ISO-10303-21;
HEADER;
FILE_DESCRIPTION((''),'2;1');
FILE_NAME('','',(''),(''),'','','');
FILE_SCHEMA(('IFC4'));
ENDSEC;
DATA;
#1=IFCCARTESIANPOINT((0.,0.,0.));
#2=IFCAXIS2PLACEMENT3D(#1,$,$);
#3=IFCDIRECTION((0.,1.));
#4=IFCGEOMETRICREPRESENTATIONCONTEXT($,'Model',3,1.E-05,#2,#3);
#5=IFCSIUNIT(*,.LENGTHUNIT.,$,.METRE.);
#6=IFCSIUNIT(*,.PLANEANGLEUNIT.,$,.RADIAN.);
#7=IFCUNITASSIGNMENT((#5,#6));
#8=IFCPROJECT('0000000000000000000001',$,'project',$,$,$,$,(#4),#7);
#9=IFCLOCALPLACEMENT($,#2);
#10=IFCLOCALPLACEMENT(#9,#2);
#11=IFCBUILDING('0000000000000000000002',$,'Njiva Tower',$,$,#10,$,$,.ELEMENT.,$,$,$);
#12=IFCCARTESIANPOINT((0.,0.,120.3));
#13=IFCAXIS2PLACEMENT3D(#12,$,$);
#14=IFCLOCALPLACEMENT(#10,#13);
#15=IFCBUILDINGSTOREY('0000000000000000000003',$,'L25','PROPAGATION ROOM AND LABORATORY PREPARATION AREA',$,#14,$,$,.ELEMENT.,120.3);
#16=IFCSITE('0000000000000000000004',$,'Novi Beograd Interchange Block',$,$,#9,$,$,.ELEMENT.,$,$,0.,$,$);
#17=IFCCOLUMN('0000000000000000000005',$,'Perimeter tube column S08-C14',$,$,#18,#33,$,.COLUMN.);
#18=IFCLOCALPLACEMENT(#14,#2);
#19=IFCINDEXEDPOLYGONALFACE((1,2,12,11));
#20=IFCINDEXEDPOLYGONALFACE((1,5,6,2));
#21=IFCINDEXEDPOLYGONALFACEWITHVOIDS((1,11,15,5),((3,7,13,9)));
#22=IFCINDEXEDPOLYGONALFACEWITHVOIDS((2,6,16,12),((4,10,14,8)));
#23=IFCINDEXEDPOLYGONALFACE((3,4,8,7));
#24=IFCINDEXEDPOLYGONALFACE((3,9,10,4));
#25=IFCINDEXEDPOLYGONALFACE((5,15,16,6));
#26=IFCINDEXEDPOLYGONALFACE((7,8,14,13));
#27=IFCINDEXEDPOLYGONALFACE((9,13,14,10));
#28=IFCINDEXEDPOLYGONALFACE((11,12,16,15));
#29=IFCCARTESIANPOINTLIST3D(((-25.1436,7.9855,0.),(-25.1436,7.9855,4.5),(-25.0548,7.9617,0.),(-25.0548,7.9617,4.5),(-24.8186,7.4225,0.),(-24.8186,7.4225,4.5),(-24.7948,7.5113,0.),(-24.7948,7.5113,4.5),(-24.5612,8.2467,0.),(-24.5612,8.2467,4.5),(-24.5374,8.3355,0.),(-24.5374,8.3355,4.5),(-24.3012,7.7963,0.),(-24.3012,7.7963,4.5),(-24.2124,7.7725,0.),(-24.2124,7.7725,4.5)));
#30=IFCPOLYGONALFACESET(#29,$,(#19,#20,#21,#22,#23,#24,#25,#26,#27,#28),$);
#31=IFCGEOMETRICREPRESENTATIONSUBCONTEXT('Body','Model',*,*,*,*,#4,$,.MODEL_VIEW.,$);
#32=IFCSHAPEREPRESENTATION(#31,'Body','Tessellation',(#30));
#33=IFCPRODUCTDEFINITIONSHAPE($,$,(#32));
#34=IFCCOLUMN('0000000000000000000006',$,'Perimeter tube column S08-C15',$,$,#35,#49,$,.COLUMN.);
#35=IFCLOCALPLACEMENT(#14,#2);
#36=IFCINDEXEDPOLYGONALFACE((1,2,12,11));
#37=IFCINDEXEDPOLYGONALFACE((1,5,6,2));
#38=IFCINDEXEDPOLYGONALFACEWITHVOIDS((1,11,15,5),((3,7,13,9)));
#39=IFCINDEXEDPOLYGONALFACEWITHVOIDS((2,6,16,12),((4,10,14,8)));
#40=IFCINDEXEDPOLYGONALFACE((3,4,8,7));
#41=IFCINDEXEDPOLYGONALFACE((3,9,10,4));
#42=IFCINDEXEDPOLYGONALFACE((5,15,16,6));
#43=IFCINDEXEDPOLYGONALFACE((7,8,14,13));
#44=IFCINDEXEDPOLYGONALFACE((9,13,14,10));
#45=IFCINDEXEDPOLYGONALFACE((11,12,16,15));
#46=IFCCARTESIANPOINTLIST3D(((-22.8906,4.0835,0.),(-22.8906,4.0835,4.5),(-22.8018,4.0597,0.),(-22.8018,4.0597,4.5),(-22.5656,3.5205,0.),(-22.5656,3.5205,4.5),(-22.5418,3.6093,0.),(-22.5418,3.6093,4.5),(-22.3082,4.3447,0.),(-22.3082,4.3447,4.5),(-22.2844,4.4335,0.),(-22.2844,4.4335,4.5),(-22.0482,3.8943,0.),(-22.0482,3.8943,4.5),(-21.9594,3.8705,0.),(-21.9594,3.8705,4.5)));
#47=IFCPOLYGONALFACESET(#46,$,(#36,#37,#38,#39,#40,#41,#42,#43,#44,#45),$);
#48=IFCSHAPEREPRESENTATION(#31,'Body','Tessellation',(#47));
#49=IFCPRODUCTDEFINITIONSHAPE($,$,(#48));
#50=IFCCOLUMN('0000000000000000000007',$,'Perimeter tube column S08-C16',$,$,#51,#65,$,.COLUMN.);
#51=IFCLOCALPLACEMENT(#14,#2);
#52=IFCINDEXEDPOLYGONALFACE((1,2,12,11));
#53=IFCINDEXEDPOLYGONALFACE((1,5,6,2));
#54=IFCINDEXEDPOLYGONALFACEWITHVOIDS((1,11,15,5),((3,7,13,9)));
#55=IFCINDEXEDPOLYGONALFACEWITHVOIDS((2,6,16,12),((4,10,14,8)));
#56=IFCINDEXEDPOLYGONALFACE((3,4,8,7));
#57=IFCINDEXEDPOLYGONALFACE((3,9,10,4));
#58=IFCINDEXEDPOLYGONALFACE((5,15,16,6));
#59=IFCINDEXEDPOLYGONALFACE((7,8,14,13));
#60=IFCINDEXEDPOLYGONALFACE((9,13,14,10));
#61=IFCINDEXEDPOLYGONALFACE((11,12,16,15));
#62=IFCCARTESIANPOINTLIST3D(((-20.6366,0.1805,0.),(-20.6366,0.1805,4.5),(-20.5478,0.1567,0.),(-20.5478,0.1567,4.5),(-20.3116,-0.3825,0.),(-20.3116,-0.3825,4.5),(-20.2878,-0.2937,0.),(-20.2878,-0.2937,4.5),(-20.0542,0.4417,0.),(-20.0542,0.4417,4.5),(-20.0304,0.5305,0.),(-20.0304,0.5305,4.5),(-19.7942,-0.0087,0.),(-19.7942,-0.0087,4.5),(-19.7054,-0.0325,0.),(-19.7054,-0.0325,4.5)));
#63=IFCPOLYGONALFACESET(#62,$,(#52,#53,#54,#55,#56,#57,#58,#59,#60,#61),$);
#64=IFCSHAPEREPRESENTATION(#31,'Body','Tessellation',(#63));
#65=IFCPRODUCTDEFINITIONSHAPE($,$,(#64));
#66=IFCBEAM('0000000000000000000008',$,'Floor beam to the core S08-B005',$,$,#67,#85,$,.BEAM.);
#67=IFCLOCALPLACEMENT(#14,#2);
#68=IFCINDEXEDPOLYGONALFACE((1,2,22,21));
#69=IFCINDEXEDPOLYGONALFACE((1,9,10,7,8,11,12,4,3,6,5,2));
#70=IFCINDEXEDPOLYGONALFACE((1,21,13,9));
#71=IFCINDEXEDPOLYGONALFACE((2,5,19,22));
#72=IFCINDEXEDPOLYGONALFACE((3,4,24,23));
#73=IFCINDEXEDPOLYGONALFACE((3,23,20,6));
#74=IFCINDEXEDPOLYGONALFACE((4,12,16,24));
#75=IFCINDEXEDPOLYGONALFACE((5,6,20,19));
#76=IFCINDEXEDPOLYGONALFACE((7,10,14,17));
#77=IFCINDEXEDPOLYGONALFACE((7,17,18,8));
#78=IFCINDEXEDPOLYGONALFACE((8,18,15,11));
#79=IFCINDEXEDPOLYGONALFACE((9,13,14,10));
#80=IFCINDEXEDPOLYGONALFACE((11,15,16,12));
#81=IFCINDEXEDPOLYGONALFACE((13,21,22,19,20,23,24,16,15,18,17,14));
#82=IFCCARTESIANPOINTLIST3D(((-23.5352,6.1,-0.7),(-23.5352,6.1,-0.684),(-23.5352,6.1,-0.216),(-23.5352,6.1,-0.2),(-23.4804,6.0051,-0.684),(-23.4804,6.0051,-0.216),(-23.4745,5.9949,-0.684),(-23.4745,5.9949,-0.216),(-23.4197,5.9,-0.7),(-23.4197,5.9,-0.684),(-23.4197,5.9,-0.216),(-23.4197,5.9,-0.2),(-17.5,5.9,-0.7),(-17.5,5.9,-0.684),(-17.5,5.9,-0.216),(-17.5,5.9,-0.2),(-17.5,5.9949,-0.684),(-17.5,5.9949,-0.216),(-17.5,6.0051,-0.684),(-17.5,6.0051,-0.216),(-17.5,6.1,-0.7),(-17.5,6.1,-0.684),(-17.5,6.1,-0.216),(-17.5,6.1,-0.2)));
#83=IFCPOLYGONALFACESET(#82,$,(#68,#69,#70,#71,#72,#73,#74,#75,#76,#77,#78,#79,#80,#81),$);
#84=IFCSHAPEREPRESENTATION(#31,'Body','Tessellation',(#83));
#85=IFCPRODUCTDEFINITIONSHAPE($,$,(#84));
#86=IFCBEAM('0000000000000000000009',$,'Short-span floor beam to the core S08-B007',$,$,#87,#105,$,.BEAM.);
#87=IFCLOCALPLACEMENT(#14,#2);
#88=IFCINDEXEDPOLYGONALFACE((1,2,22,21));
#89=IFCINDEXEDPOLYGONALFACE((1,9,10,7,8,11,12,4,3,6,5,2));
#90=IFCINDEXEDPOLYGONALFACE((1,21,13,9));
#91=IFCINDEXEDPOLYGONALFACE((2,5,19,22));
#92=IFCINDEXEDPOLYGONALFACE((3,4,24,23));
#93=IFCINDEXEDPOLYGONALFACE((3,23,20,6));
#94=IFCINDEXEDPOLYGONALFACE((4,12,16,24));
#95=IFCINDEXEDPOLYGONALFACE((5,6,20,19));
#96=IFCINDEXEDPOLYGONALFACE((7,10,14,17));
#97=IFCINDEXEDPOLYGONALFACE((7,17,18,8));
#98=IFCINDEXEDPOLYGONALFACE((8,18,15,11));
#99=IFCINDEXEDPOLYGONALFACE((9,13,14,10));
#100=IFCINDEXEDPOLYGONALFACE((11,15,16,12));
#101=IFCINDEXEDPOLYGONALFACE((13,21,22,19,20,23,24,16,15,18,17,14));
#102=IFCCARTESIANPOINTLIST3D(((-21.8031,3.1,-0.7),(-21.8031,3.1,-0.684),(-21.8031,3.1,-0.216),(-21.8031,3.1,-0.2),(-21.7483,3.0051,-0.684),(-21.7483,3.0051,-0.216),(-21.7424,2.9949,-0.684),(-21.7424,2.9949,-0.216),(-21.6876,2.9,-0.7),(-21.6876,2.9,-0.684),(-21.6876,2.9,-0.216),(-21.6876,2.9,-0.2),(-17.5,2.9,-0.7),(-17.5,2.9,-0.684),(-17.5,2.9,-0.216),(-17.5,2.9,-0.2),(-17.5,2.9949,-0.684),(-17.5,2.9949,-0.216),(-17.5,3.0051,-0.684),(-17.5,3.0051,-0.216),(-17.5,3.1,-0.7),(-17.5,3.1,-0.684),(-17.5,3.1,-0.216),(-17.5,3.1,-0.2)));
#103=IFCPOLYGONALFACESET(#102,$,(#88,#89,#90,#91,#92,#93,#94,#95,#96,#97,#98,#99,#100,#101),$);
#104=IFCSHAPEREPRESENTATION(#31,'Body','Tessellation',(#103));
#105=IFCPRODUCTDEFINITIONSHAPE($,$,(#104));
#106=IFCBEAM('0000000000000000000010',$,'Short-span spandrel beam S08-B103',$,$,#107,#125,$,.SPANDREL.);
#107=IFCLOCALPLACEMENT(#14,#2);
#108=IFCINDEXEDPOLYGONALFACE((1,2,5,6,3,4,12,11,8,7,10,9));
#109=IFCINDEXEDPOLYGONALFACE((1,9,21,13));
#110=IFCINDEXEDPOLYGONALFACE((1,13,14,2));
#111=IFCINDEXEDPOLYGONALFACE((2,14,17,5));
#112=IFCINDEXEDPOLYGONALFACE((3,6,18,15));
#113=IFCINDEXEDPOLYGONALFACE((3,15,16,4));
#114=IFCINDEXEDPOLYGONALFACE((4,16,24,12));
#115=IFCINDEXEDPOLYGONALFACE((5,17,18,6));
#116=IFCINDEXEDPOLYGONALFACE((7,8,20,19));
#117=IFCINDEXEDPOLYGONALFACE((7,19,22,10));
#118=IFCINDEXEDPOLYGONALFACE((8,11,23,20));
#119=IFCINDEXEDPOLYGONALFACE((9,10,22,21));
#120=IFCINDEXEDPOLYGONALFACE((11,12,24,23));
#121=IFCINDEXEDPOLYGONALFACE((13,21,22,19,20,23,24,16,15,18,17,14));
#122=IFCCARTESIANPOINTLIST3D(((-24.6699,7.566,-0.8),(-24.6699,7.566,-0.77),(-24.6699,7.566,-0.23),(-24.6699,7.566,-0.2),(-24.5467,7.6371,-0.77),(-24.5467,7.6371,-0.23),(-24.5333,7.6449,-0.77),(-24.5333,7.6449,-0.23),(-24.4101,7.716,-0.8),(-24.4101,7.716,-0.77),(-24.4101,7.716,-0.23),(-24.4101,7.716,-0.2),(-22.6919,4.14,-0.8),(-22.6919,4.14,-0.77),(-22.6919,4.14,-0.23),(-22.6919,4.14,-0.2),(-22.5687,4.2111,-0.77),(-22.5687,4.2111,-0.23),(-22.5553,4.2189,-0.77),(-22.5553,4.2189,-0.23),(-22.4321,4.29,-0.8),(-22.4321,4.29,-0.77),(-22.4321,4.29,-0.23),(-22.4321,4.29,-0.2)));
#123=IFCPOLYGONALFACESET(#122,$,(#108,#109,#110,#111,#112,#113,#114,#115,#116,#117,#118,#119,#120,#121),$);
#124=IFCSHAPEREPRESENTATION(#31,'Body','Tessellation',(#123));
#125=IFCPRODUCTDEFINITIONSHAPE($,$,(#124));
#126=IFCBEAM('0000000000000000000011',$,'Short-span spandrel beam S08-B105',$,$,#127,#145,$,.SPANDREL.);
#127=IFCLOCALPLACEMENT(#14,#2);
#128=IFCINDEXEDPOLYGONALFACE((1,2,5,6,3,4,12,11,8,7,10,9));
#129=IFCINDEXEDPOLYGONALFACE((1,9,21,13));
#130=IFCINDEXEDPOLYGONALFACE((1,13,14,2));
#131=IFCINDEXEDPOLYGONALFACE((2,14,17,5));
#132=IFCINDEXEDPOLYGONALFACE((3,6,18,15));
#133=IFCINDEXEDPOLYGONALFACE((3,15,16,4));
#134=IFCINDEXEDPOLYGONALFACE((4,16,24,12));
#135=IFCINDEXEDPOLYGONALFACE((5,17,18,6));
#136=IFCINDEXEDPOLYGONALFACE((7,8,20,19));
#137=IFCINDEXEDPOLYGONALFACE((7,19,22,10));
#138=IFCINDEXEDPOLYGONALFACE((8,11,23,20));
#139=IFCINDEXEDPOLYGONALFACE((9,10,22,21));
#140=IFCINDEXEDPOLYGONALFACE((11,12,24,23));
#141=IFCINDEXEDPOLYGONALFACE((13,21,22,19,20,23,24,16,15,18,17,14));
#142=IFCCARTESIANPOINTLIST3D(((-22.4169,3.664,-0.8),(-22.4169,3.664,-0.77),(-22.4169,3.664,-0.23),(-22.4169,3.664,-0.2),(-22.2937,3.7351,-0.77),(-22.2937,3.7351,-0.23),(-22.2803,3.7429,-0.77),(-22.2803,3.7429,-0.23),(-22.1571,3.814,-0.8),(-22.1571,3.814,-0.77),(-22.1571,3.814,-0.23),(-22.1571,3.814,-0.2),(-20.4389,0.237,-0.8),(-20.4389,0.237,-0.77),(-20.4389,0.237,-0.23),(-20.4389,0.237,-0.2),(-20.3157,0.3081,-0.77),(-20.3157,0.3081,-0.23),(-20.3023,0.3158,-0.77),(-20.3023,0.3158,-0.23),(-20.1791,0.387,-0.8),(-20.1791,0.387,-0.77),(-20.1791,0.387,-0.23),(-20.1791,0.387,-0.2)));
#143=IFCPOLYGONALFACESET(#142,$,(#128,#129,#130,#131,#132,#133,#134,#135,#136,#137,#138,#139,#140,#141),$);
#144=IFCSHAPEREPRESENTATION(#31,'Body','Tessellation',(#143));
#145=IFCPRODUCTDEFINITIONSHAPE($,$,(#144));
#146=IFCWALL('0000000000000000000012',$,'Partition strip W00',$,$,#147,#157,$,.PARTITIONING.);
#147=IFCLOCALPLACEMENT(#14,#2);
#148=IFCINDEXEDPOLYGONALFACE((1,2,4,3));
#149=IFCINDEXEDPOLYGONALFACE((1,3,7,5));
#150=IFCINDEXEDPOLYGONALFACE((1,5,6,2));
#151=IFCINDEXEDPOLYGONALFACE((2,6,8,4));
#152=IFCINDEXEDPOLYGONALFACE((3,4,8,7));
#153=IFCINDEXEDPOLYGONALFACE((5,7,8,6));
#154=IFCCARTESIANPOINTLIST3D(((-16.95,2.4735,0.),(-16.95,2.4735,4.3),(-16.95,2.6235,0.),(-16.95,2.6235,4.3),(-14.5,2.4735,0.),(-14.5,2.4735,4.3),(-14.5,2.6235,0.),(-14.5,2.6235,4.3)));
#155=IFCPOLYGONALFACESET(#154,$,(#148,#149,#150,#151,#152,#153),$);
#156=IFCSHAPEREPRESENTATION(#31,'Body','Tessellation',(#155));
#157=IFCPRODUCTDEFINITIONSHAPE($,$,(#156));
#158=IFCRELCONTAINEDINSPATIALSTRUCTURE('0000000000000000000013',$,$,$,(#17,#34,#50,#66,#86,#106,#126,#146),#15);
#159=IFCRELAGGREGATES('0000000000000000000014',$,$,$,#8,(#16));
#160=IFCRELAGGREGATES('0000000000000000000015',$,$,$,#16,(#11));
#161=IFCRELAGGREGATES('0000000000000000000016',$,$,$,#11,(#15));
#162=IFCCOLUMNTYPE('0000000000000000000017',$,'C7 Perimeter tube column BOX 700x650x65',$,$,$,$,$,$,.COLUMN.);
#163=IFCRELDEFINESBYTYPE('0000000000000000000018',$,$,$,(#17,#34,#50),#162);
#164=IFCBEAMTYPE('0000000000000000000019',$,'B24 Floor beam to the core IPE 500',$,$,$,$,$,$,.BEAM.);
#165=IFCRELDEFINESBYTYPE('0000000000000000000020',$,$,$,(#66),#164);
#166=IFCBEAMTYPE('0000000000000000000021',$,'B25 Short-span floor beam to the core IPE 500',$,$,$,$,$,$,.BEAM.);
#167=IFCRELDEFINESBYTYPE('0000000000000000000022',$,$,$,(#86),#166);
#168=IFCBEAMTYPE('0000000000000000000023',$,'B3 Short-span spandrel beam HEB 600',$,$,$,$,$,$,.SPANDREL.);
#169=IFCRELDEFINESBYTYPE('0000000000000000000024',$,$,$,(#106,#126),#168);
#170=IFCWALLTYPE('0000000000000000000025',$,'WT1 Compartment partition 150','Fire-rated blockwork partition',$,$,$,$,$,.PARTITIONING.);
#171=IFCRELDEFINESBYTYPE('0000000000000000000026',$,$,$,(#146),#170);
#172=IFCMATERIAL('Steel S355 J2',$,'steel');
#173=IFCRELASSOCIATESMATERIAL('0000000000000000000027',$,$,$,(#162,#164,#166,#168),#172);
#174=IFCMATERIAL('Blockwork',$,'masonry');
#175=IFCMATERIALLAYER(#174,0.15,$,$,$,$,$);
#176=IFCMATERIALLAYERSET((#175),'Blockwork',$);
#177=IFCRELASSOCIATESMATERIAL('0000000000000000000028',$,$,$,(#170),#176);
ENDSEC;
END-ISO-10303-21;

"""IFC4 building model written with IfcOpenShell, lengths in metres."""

from ifc_helpers import new_model, si_unit, direction, frame, frame_2d, origin, origin_2d, place, context, subcontext, project, spatial, rectangle, hollow_rectangle, i_section, extrude, clip, halfspace, material, layer, layer_set, material_profile, profile_set, type_object, element, save


model = new_model("IFC4")

# Units and contexts
model_context = context("Model", 3, precision=1e-05, world=origin(), true_north=direction((0.0, 1.0)))
body_context = subcontext(model_context, "Body", "Model", "MODEL_VIEW")
ifc_project = project(units=[si_unit("LENGTHUNIT", "METRE"), si_unit("PLANEANGLEUNIT", "RADIAN")], contexts=[model_context])

# Site, building, storey
site_placement = place(None, origin())
site = spatial("IfcSite", under=ifc_project, at=site_placement, Name="Novi Beograd Interchange Block", CompositionType="ELEMENT", RefElevation=0.0)
building_placement = place(site_placement, origin())
building = spatial("IfcBuilding", under=site, at=building_placement, Name="Njiva Tower", CompositionType="ELEMENT")
storey_placement = place(building_placement, frame((0.0, 0.0, 120.3)))
storey = spatial("IfcBuildingStorey", under=building, at=storey_placement, Name="L25", Description="PROPAGATION ROOM AND LABORATORY PREPARATION AREA", CompositionType="ELEMENT", Elevation=120.3)

# Columns
ifc_material_1 = material(Name="Steel S355 J2", Category="steel")
ifc_material_profile_1 = material_profile(ifc_material_1, hollow_rectangle(XDim=0.65, YDim=0.7, WallThickness=0.065, at=origin_2d()), Name="BOX 700x650x65")
ifc_profile_set_1 = profile_set([ifc_material_profile_1], Name="Steel S355 J2")
column_type = type_object("IfcColumnType", Name="C7 Perimeter tube column BOX 700x650x65", PredefinedType="COLUMN", material=ifc_profile_set_1)
for number, where, z_axis, x_axis, name in (
    (1, (-24.678, 7.879, 0.0), (0.0, 0.0, 1.0), (0.5, -0.866025, 0.0), "Perimeter tube column S08-C14"),
    (2, (-22.425, 3.977, 0.0), (0.0, 0.0, 1.0), (0.5, -0.866025, 0.0), "Perimeter tube column S08-C15"),
    (3, (-20.171, 0.074, 0.0), (0.0, 0.0, 1.0), (0.5, -0.866025, 0.0), "Perimeter tube column S08-C16"),
):
    element("IfcColumn", number, at=place(storey_placement, frame(where, z_axis=z_axis, x_axis=x_axis)), inside=storey, type_object=column_type, Name=name, PredefinedType="COLUMN", context=body_context, shape_type="SweptSolid", body=[
        extrude(hollow_rectangle(XDim=0.65, YDim=0.7, WallThickness=0.065, at=origin_2d()), origin(), (0.0, 0.0, 1.0), 4.5),
    ])

# Beams
ifc_material_profile_2 = material_profile(ifc_material_1, i_section(OverallWidth=0.2, OverallDepth=0.5, WebThickness=0.0102, FlangeThickness=0.016, at=origin_2d()), Name="IPE 500")
ifc_profile_set_2 = profile_set([ifc_material_profile_2], Name="Steel S355 J2")
beam_type_1 = type_object("IfcBeamType", Name="B24 Floor beam to the core IPE 500", PredefinedType="BEAM", material=ifc_profile_set_2)
beam_1_placement = place(storey_placement, frame((-23.555, 6.0, -0.45), z_axis=(1.0, 0.0, 0.0), x_axis=(0.0, 1.0, 0.0)))
element("IfcBeam", 4, at=beam_1_placement, inside=storey, type_object=beam_type_1, Name="Floor beam to the core S08-B005", PredefinedType="BEAM", context=body_context, shape_type="Clipping", body=[
    clip(extrude(i_section(OverallWidth=0.2, OverallDepth=0.5, WebThickness=0.0102, FlangeThickness=0.016, at=origin_2d()), origin(), (0.0, 0.0, 1.0), 6.055), halfspace(frame((-0.025, 0.0, 0.092), z_axis=(-0.499998, 0.0, -0.866027), x_axis=(0.0, -1.0, 0.0)), False)),
])
ifc_material_profile_3 = material_profile(ifc_material_1, i_section(OverallWidth=0.2, OverallDepth=0.5, WebThickness=0.0102, FlangeThickness=0.016, at=origin_2d()), Name="IPE 500")
ifc_profile_set_3 = profile_set([ifc_material_profile_3], Name="Steel S355 J2")
beam_type_2 = type_object("IfcBeamType", Name="B25 Short-span floor beam to the core IPE 500", PredefinedType="BEAM", material=ifc_profile_set_3)
beam_2_placement = place(storey_placement, frame((-21.823, 3.0, -0.45), z_axis=(1.0, 0.0, 0.0), x_axis=(0.0, 1.0, 0.0)))
element("IfcBeam", 5, at=beam_2_placement, inside=storey, type_object=beam_type_2, Name="Short-span floor beam to the core S08-B007", PredefinedType="BEAM", context=body_context, shape_type="Clipping", body=[
    clip(extrude(i_section(OverallWidth=0.2, OverallDepth=0.5, WebThickness=0.0102, FlangeThickness=0.016, at=origin_2d()), origin(), (0.0, 0.0, 1.0), 4.323), halfspace(frame((-0.025, 0.0, 0.0921), z_axis=(-0.499998, 0.0, -0.866027), x_axis=(0.0, -1.0, 0.0)), False)),
])
ifc_material_profile_4 = material_profile(ifc_material_1, i_section(OverallWidth=0.3, OverallDepth=0.6, WebThickness=0.0155, FlangeThickness=0.03, at=origin_2d()), Name="HEB 600")
ifc_profile_set_4 = profile_set([ifc_material_profile_4], Name="Steel S355 J2")
beam_type_3 = type_object("IfcBeamType", Name="B3 Short-span spandrel beam HEB 600", PredefinedType="SPANDREL", material=ifc_profile_set_4)
beam_3_placement = place(storey_placement, frame((-24.54, 7.641, -0.5), z_axis=(0.5, -0.866026, 0.0), x_axis=(0.866026, 0.5, 0.0)))
element("IfcBeam", 6, at=beam_3_placement, inside=storey, type_object=beam_type_3, Name="Short-span spandrel beam S08-B103", PredefinedType="SPANDREL", context=body_context, shape_type="SweptSolid", body=[
    extrude(i_section(OverallWidth=0.3, OverallDepth=0.6, WebThickness=0.0155, FlangeThickness=0.03, at=origin_2d()), origin(), (0.0, 0.0, 1.0), 3.956),
])
beam_4_placement = place(storey_placement, frame((-22.287, 3.739, -0.5), z_axis=(0.49989, -0.866089, 0.0), x_axis=(0.866089, 0.49989, 0.0)))
element("IfcBeam", 7, at=beam_4_placement, inside=storey, type_object=beam_type_3, Name="Short-span spandrel beam S08-B105", PredefinedType="SPANDREL", context=body_context, shape_type="SweptSolid", body=[
    extrude(i_section(OverallWidth=0.3, OverallDepth=0.6, WebThickness=0.0155, FlangeThickness=0.03, at=origin_2d()), origin(), (0.0, 0.0, 1.0), 3.9569),
])

# Wall
ifc_material_2 = material(Name="Blockwork", Category="masonry")
ifc_layer_1 = layer(ifc_material_2, 0.15)
ifc_layer_set_1 = layer_set([ifc_layer_1], Name="Blockwork")
wall_type_1 = type_object("IfcWallType", Name="WT1 Compartment partition 150", Description="Fire-rated blockwork partition", PredefinedType="PARTITIONING", material=ifc_layer_set_1)
wall_1_placement = place(storey_placement, frame((-16.95, 2.5485, 0.0), z_axis=(0.0, 0.0, 1.0), x_axis=(1.0, 0.0, 0.0)))
element("IfcWall", 8, at=wall_1_placement, inside=storey, type_object=wall_type_1, Name="Partition strip W00", PredefinedType="PARTITIONING", context=body_context, shape_type="SweptSolid", body=[
    extrude(rectangle(XDim=2.45, YDim=0.15, at=frame_2d((1.225, 0.0))), origin(), (0.0, 0.0, 1.0), 4.3),
])

save(model, "model.ifc")
